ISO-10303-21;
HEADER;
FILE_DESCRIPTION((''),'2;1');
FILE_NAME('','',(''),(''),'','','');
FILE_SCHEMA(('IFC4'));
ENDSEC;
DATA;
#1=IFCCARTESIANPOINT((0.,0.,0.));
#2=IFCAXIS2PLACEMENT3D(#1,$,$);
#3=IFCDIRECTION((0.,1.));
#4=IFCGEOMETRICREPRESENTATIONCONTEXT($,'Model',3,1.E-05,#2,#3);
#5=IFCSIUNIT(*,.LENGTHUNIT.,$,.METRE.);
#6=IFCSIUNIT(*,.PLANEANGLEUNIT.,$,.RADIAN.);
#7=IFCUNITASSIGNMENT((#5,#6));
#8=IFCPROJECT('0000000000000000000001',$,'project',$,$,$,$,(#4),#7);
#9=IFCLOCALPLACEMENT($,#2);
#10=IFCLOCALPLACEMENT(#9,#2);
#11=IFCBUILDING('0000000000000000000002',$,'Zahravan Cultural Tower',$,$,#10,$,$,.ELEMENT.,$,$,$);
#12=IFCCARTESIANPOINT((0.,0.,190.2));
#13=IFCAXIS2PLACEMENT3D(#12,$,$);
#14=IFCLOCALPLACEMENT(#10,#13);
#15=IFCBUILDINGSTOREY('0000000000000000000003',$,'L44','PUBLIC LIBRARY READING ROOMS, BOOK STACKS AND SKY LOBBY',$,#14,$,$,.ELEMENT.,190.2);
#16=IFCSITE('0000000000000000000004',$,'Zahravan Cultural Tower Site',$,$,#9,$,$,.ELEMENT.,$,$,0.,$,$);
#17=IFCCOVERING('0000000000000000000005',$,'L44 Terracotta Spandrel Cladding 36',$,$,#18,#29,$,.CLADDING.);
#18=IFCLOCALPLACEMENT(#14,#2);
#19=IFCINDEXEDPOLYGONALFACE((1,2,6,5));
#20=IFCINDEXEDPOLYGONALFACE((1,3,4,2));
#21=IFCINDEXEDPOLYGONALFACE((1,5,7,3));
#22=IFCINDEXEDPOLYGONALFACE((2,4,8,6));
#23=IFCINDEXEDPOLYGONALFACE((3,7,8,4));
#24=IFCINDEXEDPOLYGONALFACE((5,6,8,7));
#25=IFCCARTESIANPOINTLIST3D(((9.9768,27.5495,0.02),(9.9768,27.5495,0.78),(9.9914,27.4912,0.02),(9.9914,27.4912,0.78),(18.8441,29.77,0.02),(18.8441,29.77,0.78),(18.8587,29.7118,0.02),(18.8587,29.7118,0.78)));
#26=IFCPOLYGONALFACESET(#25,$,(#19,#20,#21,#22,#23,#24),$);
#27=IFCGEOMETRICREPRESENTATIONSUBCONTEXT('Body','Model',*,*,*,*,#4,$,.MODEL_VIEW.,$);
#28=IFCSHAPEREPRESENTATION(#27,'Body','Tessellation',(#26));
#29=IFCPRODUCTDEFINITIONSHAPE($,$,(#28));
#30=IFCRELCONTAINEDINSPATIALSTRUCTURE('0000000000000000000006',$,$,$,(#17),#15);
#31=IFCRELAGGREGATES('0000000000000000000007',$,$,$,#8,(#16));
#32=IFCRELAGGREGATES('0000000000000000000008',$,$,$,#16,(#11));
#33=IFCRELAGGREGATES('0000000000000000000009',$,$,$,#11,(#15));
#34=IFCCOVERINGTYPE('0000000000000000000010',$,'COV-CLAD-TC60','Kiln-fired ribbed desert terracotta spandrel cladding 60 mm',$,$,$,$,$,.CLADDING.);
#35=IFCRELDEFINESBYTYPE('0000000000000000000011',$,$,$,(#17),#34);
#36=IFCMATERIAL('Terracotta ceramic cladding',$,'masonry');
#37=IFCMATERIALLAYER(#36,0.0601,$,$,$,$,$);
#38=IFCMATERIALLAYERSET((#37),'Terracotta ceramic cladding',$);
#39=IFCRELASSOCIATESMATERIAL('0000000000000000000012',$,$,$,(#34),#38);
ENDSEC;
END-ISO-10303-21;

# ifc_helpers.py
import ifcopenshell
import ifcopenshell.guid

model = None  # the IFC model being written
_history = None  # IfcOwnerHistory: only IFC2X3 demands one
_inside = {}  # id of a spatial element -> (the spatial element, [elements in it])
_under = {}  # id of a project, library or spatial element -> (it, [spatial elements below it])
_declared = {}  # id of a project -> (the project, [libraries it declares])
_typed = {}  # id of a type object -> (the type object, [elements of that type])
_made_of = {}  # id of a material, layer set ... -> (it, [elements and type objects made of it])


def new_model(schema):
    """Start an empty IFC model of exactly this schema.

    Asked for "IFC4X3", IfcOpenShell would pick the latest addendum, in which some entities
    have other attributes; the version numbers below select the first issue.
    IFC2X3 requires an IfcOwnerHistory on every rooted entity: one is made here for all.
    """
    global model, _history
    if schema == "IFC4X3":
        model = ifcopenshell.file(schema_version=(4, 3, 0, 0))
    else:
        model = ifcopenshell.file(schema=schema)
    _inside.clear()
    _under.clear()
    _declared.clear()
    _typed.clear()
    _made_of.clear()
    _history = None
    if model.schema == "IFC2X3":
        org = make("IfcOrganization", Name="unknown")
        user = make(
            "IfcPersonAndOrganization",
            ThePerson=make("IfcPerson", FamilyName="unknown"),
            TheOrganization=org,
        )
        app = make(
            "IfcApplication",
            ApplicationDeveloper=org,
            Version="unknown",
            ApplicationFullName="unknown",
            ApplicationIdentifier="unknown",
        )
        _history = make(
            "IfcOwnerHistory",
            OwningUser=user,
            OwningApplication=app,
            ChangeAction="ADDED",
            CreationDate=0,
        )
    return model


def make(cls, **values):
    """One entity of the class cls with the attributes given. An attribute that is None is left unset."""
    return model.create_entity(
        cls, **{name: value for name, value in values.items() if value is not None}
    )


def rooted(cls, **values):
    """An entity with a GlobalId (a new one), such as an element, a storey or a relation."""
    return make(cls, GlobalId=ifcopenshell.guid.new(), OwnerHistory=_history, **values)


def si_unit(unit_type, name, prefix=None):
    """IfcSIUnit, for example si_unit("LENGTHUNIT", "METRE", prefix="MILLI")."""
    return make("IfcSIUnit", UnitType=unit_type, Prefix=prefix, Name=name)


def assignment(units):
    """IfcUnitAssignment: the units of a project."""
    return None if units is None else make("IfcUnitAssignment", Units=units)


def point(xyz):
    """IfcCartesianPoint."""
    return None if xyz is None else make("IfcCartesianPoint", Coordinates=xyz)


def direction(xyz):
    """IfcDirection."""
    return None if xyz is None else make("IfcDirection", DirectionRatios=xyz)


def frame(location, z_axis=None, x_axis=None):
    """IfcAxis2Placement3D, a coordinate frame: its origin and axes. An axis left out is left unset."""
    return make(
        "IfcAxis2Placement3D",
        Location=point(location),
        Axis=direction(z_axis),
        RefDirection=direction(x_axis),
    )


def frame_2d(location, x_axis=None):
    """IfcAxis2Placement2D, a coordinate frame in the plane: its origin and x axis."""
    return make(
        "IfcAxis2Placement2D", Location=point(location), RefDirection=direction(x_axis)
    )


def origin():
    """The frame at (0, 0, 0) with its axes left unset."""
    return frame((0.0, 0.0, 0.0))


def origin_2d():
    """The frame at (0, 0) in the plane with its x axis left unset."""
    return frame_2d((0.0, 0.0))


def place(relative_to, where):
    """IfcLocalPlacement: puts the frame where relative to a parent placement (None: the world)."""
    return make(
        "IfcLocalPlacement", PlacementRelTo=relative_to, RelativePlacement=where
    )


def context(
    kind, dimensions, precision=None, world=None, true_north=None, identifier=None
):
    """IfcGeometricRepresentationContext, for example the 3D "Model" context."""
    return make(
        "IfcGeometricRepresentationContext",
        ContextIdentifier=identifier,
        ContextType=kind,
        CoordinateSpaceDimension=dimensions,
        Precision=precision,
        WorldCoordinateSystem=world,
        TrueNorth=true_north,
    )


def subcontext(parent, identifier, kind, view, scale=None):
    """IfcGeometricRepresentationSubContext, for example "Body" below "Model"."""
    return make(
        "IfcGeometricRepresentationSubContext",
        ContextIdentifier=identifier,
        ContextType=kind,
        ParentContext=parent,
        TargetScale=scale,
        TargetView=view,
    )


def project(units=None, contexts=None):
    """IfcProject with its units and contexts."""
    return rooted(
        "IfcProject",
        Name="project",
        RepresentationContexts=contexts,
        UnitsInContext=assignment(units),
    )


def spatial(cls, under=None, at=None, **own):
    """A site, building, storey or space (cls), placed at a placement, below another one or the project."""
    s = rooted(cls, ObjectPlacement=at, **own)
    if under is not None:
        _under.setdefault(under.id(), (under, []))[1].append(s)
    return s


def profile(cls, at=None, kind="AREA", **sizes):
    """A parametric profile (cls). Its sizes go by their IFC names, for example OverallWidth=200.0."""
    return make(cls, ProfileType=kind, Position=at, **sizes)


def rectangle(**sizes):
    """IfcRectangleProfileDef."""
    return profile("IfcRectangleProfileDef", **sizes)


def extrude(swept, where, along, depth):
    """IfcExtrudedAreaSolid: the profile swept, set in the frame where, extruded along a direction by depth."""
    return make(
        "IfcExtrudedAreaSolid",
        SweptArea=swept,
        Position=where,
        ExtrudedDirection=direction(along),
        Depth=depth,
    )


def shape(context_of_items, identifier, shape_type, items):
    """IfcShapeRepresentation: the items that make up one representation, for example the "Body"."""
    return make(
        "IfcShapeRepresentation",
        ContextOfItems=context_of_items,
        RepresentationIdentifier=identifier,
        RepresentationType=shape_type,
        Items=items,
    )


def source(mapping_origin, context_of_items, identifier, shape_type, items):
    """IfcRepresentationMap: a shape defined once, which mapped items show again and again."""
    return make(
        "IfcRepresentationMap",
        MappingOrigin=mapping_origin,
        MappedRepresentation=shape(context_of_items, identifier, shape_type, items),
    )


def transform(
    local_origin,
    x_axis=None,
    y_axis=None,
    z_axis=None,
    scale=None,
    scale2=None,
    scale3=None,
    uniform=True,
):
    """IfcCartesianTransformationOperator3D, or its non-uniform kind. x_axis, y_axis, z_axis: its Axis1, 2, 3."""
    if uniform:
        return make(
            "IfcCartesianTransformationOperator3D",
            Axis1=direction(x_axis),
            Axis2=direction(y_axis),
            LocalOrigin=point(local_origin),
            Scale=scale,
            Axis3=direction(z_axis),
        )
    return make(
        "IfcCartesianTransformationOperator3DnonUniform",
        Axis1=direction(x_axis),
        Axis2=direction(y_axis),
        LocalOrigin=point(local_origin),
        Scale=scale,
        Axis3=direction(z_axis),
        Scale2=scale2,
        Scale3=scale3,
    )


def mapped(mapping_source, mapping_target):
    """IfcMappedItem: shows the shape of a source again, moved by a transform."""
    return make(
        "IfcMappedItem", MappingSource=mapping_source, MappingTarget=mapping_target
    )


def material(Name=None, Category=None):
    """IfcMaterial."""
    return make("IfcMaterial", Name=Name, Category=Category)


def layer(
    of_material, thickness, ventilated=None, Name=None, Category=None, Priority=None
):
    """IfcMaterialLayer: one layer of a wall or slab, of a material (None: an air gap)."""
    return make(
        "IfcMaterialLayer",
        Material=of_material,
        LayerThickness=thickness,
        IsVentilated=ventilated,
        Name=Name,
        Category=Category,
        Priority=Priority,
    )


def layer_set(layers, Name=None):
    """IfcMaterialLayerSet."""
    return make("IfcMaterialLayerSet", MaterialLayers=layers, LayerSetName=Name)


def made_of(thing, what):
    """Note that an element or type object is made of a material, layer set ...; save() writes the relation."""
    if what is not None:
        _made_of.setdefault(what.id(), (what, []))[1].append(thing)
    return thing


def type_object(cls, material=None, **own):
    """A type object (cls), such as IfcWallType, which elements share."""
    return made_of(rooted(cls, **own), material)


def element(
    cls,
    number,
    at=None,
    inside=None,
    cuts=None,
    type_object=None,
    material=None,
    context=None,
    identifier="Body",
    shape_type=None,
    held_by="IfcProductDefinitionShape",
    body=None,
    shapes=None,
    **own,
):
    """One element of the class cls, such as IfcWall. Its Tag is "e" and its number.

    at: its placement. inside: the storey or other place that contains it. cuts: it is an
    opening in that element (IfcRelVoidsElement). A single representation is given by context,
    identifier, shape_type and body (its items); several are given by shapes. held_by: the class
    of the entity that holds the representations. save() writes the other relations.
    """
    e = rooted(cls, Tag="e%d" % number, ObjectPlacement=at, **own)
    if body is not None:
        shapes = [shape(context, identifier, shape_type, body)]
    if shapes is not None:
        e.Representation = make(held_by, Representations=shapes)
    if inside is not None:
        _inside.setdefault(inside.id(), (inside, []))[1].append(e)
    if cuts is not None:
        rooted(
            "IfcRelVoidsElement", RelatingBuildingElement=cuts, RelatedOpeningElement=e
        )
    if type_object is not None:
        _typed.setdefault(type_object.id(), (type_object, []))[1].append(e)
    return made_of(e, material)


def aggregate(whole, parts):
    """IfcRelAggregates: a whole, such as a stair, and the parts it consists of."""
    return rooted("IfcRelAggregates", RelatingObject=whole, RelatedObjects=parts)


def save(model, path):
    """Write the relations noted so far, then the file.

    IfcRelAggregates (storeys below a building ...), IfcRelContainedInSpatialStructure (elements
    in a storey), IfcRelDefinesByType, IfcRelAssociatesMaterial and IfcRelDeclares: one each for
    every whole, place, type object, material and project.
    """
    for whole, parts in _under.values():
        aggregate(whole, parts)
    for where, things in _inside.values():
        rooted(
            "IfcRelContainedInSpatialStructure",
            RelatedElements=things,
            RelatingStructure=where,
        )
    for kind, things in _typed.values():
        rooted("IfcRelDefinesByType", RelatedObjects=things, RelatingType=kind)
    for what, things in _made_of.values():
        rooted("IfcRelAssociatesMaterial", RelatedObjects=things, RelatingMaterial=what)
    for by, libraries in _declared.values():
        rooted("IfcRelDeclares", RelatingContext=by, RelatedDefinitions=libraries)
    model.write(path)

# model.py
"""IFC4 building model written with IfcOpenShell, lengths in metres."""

from ifc_helpers import new_model, si_unit, direction, frame, origin, origin_2d, place, context, subcontext, project, spatial, rectangle, extrude, source, transform, mapped, material, layer, layer_set, type_object, element, save


model = new_model("IFC4")

# Units and contexts
model_context = context("Model", 3, precision=1e-05, world=origin(), true_north=direction((0.0, 1.0)))
body_context = subcontext(model_context, "Body", "Model", "MODEL_VIEW")
ifc_project = project(units=[si_unit("LENGTHUNIT", "METRE"), si_unit("PLANEANGLEUNIT", "RADIAN")], contexts=[model_context])

# Site, building, storey
site_placement = place(None, origin())
site = spatial("IfcSite", under=ifc_project, at=site_placement, Name="Zahravan Cultural Tower Site", CompositionType="ELEMENT", RefElevation=0.0)
building_placement = place(site_placement, origin())
building = spatial("IfcBuilding", under=site, at=building_placement, Name="Zahravan Cultural Tower", CompositionType="ELEMENT")
storey_placement = place(building_placement, frame((0.0, 0.0, 190.2)))
storey = spatial("IfcBuildingStorey", under=building, at=storey_placement, Name="L44", Description="PUBLIC LIBRARY READING ROOMS, BOOK STACKS AND SKY LOBBY", CompositionType="ELEMENT", Elevation=190.2)

# Covering
ifc_material_1 = material(Name="Terracotta ceramic cladding", Category="masonry")
ifc_layer_1 = layer(ifc_material_1, 0.0601)
ifc_layer_set_1 = layer_set([ifc_layer_1], Name="Terracotta ceramic cladding")
covering_type = type_object("IfcCoveringType", Name="COV-CLAD-TC60", Description="Kiln-fired ribbed desert terracotta spandrel cladding 60 mm", PredefinedType="CLADDING", material=ifc_layer_set_1)
shared_shape_1 = source(origin(), body_context, "Body", "SweptSolid", [
    extrude(rectangle(XDim=9.1411, YDim=0.0601, at=origin_2d()), origin(), (0.0, 0.0, 1.0), 0.76),
])
covering_placement = place(storey_placement, frame((14.4177, 28.6306, 0.02), z_axis=(0.0, 0.0, 1.0), x_axis=(0.970046, 0.242921, 0.0)))
element("IfcCovering", 1, at=covering_placement, inside=storey, type_object=covering_type, Name="L44 Terracotta Spandrel Cladding 36", PredefinedType="CLADDING", context=body_context, shape_type="MappedRepresentation", body=[
    mapped(shared_shape_1, transform((0.0, 0.0, 0.0), x_axis=(1.0, 0.0, 0.0), y_axis=(0.0, 1.0, 0.0), z_axis=(0.0, 0.0, 1.0), scale=1.0)),
])

save(model, "model.ifc")
